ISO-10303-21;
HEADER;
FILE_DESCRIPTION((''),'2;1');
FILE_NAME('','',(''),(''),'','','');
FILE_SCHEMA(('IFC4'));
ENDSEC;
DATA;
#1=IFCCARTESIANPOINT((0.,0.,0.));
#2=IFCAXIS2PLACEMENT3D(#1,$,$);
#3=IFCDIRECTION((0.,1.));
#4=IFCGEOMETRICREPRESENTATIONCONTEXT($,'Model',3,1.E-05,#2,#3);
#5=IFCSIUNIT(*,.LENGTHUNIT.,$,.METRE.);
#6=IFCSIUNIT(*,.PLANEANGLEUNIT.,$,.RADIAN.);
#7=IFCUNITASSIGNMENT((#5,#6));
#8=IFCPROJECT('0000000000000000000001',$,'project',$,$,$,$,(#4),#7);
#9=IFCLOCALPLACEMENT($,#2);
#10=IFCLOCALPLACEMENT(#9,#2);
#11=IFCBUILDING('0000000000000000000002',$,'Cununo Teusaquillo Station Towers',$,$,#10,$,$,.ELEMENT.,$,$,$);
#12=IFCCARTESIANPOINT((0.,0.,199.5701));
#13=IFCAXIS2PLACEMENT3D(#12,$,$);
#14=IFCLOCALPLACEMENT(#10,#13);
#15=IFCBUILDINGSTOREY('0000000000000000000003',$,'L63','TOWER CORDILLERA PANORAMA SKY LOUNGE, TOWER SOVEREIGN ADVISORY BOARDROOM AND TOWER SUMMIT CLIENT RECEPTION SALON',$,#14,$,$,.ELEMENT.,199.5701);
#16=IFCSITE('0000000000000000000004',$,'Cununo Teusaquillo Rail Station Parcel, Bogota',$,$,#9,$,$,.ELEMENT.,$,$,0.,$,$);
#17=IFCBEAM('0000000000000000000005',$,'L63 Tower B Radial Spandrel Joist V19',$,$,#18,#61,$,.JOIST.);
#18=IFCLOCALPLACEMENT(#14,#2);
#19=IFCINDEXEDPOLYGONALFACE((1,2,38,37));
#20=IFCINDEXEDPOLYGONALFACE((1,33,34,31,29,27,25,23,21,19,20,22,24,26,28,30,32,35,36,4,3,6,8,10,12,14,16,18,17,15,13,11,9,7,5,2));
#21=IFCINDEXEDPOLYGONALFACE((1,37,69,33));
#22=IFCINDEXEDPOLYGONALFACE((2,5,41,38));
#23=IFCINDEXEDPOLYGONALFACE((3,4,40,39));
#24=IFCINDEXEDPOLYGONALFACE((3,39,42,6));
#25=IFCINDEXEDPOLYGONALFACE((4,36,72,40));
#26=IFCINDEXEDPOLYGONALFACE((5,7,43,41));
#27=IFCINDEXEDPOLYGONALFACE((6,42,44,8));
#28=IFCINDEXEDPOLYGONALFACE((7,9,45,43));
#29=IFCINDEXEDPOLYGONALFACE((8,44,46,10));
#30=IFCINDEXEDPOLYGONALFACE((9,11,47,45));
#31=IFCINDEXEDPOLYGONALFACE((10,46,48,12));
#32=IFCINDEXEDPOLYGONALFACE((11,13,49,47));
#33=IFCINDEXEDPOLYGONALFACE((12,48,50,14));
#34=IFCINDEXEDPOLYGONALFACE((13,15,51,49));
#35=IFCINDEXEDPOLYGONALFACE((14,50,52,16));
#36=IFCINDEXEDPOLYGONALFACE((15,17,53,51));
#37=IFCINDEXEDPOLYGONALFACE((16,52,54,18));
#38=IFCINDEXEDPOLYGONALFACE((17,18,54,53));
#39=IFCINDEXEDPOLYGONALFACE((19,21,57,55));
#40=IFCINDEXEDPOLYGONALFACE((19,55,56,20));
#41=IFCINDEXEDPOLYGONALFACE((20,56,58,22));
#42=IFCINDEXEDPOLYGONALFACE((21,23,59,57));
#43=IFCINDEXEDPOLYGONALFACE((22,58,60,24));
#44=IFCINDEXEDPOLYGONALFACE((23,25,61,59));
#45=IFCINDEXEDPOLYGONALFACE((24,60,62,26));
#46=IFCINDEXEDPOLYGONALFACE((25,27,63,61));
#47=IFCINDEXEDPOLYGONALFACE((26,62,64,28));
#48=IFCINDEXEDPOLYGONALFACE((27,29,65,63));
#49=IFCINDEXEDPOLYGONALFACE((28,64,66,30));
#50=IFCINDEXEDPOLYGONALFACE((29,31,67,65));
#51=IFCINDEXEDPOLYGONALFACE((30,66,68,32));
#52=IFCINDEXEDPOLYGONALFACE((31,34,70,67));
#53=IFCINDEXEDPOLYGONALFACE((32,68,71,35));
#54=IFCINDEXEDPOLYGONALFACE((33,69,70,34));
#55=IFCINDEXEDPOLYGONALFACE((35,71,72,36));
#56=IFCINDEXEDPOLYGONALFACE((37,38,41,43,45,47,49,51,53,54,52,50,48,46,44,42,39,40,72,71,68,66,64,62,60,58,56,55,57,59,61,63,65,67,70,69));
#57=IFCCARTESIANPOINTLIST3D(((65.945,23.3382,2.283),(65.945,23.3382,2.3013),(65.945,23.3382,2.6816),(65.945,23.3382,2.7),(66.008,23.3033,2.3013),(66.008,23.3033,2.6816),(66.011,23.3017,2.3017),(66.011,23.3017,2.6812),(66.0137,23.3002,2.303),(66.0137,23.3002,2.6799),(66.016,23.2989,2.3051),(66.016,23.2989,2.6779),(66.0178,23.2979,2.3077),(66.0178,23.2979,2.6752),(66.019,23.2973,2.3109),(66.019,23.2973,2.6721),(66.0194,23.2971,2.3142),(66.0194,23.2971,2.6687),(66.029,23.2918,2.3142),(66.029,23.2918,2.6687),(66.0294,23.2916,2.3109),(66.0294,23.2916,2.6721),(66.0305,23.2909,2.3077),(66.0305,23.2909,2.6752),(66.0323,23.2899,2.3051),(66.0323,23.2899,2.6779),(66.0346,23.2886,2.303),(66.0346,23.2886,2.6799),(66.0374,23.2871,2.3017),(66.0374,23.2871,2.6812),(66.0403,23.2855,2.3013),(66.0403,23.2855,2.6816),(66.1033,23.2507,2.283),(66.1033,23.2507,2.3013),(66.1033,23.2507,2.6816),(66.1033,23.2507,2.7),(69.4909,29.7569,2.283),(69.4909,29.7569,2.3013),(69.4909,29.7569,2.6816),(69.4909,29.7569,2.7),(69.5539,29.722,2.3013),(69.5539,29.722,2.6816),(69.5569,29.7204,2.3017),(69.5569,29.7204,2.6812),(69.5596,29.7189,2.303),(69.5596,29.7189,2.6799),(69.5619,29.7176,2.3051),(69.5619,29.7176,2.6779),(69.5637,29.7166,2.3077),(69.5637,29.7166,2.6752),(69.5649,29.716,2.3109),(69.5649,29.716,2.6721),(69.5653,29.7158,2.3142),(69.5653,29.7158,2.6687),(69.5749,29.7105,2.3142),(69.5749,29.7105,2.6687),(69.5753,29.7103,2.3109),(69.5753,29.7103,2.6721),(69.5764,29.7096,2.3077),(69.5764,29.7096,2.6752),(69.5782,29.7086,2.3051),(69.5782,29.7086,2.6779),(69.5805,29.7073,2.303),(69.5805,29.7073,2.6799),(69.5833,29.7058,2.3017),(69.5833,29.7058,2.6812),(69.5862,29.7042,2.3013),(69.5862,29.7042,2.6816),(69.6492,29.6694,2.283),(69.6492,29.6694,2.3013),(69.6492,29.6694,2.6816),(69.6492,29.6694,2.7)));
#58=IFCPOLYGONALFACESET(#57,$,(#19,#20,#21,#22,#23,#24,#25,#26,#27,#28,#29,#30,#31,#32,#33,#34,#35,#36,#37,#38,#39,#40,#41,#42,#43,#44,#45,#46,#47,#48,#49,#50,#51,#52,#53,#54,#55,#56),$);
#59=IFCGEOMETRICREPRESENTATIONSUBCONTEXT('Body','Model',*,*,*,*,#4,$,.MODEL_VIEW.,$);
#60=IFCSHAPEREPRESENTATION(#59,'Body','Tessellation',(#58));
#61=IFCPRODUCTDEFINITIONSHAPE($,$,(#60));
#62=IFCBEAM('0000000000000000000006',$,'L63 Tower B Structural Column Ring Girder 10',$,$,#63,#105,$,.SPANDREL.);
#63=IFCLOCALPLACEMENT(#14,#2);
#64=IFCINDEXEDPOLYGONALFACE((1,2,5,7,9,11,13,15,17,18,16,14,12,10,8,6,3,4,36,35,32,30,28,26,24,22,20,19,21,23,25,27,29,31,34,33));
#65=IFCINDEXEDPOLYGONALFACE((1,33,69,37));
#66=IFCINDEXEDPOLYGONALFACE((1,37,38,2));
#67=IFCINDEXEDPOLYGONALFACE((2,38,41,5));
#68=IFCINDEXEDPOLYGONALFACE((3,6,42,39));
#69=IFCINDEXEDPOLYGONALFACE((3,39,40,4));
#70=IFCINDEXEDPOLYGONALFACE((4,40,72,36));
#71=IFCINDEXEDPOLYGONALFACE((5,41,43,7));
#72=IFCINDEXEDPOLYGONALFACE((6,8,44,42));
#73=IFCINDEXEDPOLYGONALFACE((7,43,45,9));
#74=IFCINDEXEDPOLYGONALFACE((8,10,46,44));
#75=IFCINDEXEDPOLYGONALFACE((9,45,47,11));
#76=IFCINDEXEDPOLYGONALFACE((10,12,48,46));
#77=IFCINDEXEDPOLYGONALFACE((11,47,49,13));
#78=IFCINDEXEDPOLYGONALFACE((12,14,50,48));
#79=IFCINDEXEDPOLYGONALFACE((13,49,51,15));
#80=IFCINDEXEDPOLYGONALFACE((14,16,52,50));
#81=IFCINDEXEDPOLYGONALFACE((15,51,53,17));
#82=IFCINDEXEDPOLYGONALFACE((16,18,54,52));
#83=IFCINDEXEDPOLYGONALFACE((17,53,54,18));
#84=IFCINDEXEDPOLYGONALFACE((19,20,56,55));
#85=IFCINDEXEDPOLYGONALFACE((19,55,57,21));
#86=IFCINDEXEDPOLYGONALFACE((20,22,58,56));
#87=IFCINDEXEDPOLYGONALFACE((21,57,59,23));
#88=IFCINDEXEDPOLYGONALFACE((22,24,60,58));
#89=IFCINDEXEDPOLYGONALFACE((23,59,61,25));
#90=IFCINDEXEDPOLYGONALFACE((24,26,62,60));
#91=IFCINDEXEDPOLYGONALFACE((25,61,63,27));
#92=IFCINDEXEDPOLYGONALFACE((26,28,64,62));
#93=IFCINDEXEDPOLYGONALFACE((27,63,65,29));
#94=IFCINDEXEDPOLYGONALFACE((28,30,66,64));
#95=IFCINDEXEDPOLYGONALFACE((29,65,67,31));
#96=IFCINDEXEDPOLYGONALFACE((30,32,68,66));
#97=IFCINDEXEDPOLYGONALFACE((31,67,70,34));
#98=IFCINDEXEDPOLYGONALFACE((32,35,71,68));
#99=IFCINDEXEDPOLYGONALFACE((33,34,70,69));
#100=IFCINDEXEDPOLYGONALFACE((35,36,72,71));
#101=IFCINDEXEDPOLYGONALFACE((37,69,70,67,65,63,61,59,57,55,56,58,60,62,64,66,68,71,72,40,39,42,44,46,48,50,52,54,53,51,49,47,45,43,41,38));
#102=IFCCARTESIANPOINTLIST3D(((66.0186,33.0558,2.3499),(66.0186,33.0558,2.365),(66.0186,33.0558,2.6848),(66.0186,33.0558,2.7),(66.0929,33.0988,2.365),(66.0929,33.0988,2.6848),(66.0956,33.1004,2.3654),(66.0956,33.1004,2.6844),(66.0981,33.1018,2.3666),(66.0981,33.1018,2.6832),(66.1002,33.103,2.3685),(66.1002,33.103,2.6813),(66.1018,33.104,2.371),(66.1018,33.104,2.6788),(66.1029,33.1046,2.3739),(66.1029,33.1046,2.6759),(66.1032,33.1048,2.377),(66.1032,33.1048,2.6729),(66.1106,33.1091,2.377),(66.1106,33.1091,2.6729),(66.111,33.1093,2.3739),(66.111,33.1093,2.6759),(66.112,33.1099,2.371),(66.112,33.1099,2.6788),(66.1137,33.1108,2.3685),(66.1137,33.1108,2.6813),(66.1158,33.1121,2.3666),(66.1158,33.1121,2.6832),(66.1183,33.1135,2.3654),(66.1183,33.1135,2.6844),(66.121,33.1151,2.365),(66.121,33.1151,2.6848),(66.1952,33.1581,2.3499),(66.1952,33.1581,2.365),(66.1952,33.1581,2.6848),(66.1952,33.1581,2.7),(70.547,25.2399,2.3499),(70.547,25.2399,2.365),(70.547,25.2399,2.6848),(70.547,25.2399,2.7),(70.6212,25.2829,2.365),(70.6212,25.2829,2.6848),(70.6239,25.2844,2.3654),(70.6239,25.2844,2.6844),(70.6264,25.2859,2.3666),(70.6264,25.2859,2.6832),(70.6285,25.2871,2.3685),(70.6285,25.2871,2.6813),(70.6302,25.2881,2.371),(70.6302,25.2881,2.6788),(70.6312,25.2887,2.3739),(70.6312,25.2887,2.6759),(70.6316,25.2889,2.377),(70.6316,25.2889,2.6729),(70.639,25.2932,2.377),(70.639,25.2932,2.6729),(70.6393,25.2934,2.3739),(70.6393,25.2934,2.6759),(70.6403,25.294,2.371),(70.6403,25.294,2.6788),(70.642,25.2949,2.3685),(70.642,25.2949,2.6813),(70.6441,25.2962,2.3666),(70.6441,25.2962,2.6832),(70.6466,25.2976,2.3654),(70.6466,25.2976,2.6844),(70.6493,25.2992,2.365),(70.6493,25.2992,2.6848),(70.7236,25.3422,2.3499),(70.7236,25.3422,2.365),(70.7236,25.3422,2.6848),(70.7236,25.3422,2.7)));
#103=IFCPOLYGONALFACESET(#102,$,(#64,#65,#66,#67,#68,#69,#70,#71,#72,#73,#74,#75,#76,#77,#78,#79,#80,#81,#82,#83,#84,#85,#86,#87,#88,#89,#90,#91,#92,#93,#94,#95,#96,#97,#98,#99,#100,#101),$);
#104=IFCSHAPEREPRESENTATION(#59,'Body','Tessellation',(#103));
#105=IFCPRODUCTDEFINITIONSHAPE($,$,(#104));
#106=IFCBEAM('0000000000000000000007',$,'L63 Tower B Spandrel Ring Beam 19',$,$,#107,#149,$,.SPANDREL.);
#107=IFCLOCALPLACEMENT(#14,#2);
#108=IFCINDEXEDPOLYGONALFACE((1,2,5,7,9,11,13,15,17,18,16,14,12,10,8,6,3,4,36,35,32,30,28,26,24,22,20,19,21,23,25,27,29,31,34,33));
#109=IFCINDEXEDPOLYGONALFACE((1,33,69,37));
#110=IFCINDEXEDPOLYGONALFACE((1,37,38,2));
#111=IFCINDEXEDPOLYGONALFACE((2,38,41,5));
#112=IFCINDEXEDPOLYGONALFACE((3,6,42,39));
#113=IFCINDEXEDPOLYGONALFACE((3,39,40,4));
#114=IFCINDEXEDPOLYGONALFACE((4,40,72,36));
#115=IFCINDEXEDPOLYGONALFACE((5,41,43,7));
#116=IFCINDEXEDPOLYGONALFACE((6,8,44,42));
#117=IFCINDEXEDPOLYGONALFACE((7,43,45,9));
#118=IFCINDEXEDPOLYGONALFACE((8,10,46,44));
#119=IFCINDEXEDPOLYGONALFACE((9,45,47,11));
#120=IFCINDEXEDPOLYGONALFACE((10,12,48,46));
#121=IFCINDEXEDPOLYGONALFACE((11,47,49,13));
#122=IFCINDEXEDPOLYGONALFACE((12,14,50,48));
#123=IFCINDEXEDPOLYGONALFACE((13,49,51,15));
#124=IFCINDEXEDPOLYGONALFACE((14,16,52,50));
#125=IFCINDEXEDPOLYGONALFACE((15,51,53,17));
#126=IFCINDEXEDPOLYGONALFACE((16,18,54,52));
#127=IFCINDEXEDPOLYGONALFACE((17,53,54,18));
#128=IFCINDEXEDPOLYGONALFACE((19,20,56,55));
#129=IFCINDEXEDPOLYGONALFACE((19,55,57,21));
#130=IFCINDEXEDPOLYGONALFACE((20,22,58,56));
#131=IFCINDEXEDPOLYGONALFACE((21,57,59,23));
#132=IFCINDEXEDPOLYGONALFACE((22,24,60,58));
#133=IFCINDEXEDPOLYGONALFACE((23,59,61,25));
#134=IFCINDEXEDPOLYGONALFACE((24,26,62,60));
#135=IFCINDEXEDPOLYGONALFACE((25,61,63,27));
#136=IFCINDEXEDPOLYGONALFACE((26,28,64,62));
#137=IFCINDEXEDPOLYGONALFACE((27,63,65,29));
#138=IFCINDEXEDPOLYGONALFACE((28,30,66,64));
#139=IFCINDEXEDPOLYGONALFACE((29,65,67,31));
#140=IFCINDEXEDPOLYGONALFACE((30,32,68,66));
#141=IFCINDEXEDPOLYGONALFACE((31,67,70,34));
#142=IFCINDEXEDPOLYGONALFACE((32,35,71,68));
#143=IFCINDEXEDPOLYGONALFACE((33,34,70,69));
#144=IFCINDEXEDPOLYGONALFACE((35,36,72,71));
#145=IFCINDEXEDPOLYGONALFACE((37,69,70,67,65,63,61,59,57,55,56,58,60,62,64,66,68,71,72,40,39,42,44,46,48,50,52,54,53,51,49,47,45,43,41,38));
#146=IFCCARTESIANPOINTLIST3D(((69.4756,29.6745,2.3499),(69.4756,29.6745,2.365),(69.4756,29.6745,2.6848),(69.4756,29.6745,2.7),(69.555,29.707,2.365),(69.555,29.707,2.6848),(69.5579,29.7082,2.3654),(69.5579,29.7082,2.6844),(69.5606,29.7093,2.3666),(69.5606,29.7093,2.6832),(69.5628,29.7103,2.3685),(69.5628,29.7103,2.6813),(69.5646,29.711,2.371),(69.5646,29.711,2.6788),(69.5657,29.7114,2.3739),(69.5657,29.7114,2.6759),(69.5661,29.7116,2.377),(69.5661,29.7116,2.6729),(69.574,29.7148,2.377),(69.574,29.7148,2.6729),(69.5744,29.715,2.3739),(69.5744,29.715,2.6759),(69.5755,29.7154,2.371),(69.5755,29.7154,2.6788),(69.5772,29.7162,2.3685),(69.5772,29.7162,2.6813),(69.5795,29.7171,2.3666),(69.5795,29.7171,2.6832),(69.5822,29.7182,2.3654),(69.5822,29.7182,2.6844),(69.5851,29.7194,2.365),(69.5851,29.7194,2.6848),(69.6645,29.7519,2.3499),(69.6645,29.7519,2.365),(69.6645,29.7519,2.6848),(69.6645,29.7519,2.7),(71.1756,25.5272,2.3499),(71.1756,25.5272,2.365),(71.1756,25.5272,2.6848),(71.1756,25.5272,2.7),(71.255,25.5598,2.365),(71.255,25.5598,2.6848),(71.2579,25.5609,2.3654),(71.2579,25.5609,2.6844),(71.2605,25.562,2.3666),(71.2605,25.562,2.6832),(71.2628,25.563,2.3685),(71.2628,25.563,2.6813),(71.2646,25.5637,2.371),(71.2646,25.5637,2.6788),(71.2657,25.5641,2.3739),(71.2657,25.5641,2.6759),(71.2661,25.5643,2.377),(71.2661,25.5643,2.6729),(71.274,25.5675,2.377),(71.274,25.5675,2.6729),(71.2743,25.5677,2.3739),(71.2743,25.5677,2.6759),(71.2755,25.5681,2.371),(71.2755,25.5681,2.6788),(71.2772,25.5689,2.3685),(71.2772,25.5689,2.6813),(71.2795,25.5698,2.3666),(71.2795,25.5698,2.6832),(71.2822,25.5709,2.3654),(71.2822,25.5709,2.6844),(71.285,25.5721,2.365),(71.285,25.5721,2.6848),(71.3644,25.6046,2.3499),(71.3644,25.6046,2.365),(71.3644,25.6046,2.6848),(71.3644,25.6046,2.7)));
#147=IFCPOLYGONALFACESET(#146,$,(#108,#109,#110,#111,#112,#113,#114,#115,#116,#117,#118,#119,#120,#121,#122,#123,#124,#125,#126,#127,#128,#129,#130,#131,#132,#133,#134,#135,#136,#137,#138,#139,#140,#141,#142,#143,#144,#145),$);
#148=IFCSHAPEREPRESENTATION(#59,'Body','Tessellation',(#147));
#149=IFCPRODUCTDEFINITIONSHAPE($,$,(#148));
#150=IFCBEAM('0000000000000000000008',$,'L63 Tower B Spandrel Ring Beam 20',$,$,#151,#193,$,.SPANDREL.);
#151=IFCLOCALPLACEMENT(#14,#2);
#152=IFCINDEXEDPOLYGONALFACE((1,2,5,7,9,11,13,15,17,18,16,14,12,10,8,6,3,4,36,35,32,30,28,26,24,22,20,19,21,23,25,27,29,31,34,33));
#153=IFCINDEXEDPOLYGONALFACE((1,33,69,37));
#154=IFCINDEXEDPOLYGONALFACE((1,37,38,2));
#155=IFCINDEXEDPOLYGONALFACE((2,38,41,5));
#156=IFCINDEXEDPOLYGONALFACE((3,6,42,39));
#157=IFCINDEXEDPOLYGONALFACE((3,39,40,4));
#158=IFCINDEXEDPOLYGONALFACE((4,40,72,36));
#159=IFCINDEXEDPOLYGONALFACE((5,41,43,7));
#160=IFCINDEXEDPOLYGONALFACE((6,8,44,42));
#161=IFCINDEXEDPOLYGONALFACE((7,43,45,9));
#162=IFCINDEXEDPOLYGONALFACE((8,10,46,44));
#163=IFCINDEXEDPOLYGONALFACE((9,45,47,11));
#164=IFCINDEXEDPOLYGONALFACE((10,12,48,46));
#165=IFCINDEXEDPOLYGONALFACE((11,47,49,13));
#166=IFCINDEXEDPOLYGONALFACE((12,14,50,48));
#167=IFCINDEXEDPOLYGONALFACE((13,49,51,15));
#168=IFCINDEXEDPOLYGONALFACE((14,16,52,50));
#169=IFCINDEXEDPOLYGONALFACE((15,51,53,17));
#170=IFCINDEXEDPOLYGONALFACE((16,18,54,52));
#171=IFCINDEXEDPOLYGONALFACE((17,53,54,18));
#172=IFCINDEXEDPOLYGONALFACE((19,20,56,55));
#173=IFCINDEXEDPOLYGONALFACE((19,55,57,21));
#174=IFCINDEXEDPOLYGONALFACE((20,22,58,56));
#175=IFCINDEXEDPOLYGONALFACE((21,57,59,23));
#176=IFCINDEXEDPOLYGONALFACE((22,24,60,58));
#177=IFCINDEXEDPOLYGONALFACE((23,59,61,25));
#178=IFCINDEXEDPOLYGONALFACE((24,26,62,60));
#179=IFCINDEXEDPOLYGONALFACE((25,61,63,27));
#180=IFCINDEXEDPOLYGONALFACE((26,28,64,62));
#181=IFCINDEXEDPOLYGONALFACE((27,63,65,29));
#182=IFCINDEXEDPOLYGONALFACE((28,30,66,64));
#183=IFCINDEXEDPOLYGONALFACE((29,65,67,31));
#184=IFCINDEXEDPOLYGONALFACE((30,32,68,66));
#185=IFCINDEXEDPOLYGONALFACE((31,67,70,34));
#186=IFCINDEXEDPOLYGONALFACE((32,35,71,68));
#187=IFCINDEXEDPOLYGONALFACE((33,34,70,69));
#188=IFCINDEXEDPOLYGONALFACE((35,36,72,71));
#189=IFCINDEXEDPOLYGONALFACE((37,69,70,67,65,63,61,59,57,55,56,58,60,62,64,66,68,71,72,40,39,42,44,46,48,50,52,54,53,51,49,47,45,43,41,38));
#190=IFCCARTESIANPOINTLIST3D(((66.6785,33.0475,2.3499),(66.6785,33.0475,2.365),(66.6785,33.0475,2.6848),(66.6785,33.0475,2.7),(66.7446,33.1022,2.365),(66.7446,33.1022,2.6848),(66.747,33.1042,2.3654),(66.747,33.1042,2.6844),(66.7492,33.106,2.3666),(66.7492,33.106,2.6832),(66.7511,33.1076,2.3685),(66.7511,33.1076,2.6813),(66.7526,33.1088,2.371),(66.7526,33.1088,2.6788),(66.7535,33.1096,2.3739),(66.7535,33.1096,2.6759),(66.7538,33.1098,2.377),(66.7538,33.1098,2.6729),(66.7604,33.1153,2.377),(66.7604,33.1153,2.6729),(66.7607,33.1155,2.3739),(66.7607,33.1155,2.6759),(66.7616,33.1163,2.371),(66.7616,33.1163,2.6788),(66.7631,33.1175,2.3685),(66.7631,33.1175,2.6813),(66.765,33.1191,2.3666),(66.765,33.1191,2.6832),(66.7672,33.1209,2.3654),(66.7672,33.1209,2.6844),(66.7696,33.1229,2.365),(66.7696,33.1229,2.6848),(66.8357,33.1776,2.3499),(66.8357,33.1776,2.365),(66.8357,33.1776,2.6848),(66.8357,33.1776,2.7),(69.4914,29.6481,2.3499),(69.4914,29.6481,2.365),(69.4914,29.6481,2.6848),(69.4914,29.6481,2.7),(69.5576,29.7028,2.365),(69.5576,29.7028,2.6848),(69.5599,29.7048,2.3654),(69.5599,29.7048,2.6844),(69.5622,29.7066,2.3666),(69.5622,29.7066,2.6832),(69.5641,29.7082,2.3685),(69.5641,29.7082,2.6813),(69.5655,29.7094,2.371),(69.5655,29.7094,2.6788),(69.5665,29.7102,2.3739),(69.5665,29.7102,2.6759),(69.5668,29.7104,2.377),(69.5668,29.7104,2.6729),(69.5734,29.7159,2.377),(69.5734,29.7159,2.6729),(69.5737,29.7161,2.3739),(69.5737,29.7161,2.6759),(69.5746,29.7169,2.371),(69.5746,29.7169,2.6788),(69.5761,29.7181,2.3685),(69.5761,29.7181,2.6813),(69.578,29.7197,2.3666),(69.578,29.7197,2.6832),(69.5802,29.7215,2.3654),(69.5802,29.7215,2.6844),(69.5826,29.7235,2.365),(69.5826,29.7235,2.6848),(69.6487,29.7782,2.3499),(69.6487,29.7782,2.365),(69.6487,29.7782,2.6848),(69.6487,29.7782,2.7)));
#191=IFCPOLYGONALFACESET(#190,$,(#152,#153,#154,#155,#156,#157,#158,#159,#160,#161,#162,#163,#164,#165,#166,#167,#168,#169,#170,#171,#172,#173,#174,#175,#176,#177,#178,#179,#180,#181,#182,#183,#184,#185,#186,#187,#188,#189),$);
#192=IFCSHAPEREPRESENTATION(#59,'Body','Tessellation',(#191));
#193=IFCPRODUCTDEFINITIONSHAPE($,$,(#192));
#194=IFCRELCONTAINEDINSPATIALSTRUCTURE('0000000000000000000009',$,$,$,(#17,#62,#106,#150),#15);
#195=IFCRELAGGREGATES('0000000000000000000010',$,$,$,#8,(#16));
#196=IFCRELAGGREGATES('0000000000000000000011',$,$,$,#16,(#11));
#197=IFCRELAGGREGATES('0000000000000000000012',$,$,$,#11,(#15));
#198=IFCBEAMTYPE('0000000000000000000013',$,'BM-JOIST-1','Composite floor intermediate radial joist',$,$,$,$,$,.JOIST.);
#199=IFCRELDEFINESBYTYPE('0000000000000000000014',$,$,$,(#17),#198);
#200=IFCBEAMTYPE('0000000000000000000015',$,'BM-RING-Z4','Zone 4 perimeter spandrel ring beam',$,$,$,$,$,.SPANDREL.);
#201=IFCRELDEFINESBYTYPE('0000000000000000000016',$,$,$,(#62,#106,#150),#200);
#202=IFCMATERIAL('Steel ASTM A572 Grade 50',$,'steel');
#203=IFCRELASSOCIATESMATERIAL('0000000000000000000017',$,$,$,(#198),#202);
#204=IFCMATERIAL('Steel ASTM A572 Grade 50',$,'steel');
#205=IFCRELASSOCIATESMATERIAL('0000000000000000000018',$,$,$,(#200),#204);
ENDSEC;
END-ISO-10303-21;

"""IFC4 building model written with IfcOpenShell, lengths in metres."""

from ifc_helpers import new_model, si_unit, direction, frame, origin, origin_2d, place, context, subcontext, project, spatial, i_section, extrude, material, material_profile, profile_set, type_object, element, save


model = new_model("IFC4")

# Units and contexts
model_context = context("Model", 3, precision=1e-05, world=origin(), true_north=direction((0.0, 1.0)))
body_context = subcontext(model_context, "Body", "Model", "MODEL_VIEW")
ifc_project = project(units=[si_unit("LENGTHUNIT", "METRE"), si_unit("PLANEANGLEUNIT", "RADIAN")], contexts=[model_context])

# Site, building, storey
site_placement = place(None, origin())
site = spatial("IfcSite", under=ifc_project, at=site_placement, Name="Cununo Teusaquillo Rail Station Parcel, Bogota", CompositionType="ELEMENT", RefElevation=0.0)
building_placement = place(site_placement, origin())
building = spatial("IfcBuilding", under=site, at=building_placement, Name="Cununo Teusaquillo Station Towers", CompositionType="ELEMENT")
storey_placement = place(building_placement, frame((0.0, 0.0, 199.5701)))
storey = spatial("IfcBuildingStorey", under=building, at=storey_placement, Name="L63", Description="TOWER CORDILLERA PANORAMA SKY LOUNGE, TOWER SOVEREIGN ADVISORY BOARDROOM AND TOWER SUMMIT CLIENT RECEPTION SALON", CompositionType="ELEMENT", Elevation=199.5701)

# Beams
ifc_material_1 = material(Name="Steel ASTM A572 Grade 50", Category="steel")
ifc_material_profile_1 = material_profile(ifc_material_1, i_section(OverallWidth=0.1809, OverallDepth=0.417, WebThickness=0.011, FlangeThickness=0.0183, FilletRadius=0.0129, at=origin_2d()), Name="W16X57")
ifc_profile_set_1 = profile_set([ifc_material_profile_1], Name="Steel ASTM A572 Grade 50")
beam_type_1 = type_object("IfcBeamType", Name="BM-JOIST-1", Description="Composite floor intermediate radial joist", PredefinedType="JOIST", material=ifc_profile_set_1)
beam_1_placement = place(storey_placement, frame((66.0242, 23.2944, 2.4915), z_axis=(0.483553, 0.875315, 0.0), x_axis=(-0.875315, 0.483553, 0.0)))
element("IfcBeam", 1, at=beam_1_placement, inside=storey, type_object=beam_type_1, Name="L63 Tower B Radial Spandrel Joist V19", PredefinedType="JOIST", context=body_context, shape_type="SweptSolid", body=[
    extrude(i_section(OverallWidth=0.1809, OverallDepth=0.417, WebThickness=0.011, FlangeThickness=0.0183, FilletRadius=0.0129, at=origin_2d()), origin(), (0.0, 0.0, 1.0), 7.333),
])
ifc_material_2 = material(Name="Steel ASTM A572 Grade 50", Category="steel")
ifc_material_profile_2 = material_profile(ifc_material_2, i_section(OverallWidth=0.2041, OverallDepth=0.3501, WebThickness=0.0085, FlangeThickness=0.0151, FilletRadius=0.012, at=origin_2d()), Name="W14X48")
ifc_profile_set_2 = profile_set([ifc_material_profile_2], Name="Steel ASTM A572 Grade 50")
beam_type_2 = type_object("IfcBeamType", Name="BM-RING-Z4", Description="Zone 4 perimeter spandrel ring beam", PredefinedType="SPANDREL", material=ifc_profile_set_2)
beam_2_placement = place(storey_placement, frame((70.6353, 25.291, 2.5249), z_axis=(-0.501311, 0.865267, 0.0), x_axis=(-0.865267, -0.501311, 0.0)))
element("IfcBeam", 2, at=beam_2_placement, inside=storey, type_object=beam_type_2, Name="L63 Tower B Structural Column Ring Girder 10", PredefinedType="SPANDREL", context=body_context, shape_type="SweptSolid", body=[
    extrude(i_section(OverallWidth=0.2041, OverallDepth=0.3501, WebThickness=0.0085, FlangeThickness=0.0151, FilletRadius=0.012, at=origin_2d()), origin(), (0.0, 0.0, 1.0), 9.033),
])
beam_3_placement = place(storey_placement, frame((71.27, 25.5659, 2.5249), z_axis=(-0.379275, 0.925284, 0.0), x_axis=(-0.925284, -0.379275, 0.0)))
element("IfcBeam", 3, at=beam_3_placement, inside=storey, type_object=beam_type_2, Name="L63 Tower B Spandrel Ring Beam 19", PredefinedType="SPANDREL", context=body_context, shape_type="SweptSolid", body=[
    extrude(i_section(OverallWidth=0.2041, OverallDepth=0.3501, WebThickness=0.0085, FlangeThickness=0.0151, FilletRadius=0.012, at=origin_2d()), origin(), (0.0, 0.0, 1.0), 4.4822),
])
beam_4_placement = place(storey_placement, frame((69.5701, 29.7131, 2.5249), z_axis=(-0.637525, 0.77043, 0.0), x_axis=(-0.77043, -0.637525, 0.0)))
element("IfcBeam", 4, at=beam_4_placement, inside=storey, type_object=beam_type_2, Name="L63 Tower B Spandrel Ring Beam 20", PredefinedType="SPANDREL", context=body_context, shape_type="SweptSolid", body=[
    extrude(i_section(OverallWidth=0.2041, OverallDepth=0.3501, WebThickness=0.0085, FlangeThickness=0.0151, FilletRadius=0.012, at=origin_2d()), origin(), (0.0, 0.0, 1.0), 4.4124),
])

save(model, "model.ifc")
